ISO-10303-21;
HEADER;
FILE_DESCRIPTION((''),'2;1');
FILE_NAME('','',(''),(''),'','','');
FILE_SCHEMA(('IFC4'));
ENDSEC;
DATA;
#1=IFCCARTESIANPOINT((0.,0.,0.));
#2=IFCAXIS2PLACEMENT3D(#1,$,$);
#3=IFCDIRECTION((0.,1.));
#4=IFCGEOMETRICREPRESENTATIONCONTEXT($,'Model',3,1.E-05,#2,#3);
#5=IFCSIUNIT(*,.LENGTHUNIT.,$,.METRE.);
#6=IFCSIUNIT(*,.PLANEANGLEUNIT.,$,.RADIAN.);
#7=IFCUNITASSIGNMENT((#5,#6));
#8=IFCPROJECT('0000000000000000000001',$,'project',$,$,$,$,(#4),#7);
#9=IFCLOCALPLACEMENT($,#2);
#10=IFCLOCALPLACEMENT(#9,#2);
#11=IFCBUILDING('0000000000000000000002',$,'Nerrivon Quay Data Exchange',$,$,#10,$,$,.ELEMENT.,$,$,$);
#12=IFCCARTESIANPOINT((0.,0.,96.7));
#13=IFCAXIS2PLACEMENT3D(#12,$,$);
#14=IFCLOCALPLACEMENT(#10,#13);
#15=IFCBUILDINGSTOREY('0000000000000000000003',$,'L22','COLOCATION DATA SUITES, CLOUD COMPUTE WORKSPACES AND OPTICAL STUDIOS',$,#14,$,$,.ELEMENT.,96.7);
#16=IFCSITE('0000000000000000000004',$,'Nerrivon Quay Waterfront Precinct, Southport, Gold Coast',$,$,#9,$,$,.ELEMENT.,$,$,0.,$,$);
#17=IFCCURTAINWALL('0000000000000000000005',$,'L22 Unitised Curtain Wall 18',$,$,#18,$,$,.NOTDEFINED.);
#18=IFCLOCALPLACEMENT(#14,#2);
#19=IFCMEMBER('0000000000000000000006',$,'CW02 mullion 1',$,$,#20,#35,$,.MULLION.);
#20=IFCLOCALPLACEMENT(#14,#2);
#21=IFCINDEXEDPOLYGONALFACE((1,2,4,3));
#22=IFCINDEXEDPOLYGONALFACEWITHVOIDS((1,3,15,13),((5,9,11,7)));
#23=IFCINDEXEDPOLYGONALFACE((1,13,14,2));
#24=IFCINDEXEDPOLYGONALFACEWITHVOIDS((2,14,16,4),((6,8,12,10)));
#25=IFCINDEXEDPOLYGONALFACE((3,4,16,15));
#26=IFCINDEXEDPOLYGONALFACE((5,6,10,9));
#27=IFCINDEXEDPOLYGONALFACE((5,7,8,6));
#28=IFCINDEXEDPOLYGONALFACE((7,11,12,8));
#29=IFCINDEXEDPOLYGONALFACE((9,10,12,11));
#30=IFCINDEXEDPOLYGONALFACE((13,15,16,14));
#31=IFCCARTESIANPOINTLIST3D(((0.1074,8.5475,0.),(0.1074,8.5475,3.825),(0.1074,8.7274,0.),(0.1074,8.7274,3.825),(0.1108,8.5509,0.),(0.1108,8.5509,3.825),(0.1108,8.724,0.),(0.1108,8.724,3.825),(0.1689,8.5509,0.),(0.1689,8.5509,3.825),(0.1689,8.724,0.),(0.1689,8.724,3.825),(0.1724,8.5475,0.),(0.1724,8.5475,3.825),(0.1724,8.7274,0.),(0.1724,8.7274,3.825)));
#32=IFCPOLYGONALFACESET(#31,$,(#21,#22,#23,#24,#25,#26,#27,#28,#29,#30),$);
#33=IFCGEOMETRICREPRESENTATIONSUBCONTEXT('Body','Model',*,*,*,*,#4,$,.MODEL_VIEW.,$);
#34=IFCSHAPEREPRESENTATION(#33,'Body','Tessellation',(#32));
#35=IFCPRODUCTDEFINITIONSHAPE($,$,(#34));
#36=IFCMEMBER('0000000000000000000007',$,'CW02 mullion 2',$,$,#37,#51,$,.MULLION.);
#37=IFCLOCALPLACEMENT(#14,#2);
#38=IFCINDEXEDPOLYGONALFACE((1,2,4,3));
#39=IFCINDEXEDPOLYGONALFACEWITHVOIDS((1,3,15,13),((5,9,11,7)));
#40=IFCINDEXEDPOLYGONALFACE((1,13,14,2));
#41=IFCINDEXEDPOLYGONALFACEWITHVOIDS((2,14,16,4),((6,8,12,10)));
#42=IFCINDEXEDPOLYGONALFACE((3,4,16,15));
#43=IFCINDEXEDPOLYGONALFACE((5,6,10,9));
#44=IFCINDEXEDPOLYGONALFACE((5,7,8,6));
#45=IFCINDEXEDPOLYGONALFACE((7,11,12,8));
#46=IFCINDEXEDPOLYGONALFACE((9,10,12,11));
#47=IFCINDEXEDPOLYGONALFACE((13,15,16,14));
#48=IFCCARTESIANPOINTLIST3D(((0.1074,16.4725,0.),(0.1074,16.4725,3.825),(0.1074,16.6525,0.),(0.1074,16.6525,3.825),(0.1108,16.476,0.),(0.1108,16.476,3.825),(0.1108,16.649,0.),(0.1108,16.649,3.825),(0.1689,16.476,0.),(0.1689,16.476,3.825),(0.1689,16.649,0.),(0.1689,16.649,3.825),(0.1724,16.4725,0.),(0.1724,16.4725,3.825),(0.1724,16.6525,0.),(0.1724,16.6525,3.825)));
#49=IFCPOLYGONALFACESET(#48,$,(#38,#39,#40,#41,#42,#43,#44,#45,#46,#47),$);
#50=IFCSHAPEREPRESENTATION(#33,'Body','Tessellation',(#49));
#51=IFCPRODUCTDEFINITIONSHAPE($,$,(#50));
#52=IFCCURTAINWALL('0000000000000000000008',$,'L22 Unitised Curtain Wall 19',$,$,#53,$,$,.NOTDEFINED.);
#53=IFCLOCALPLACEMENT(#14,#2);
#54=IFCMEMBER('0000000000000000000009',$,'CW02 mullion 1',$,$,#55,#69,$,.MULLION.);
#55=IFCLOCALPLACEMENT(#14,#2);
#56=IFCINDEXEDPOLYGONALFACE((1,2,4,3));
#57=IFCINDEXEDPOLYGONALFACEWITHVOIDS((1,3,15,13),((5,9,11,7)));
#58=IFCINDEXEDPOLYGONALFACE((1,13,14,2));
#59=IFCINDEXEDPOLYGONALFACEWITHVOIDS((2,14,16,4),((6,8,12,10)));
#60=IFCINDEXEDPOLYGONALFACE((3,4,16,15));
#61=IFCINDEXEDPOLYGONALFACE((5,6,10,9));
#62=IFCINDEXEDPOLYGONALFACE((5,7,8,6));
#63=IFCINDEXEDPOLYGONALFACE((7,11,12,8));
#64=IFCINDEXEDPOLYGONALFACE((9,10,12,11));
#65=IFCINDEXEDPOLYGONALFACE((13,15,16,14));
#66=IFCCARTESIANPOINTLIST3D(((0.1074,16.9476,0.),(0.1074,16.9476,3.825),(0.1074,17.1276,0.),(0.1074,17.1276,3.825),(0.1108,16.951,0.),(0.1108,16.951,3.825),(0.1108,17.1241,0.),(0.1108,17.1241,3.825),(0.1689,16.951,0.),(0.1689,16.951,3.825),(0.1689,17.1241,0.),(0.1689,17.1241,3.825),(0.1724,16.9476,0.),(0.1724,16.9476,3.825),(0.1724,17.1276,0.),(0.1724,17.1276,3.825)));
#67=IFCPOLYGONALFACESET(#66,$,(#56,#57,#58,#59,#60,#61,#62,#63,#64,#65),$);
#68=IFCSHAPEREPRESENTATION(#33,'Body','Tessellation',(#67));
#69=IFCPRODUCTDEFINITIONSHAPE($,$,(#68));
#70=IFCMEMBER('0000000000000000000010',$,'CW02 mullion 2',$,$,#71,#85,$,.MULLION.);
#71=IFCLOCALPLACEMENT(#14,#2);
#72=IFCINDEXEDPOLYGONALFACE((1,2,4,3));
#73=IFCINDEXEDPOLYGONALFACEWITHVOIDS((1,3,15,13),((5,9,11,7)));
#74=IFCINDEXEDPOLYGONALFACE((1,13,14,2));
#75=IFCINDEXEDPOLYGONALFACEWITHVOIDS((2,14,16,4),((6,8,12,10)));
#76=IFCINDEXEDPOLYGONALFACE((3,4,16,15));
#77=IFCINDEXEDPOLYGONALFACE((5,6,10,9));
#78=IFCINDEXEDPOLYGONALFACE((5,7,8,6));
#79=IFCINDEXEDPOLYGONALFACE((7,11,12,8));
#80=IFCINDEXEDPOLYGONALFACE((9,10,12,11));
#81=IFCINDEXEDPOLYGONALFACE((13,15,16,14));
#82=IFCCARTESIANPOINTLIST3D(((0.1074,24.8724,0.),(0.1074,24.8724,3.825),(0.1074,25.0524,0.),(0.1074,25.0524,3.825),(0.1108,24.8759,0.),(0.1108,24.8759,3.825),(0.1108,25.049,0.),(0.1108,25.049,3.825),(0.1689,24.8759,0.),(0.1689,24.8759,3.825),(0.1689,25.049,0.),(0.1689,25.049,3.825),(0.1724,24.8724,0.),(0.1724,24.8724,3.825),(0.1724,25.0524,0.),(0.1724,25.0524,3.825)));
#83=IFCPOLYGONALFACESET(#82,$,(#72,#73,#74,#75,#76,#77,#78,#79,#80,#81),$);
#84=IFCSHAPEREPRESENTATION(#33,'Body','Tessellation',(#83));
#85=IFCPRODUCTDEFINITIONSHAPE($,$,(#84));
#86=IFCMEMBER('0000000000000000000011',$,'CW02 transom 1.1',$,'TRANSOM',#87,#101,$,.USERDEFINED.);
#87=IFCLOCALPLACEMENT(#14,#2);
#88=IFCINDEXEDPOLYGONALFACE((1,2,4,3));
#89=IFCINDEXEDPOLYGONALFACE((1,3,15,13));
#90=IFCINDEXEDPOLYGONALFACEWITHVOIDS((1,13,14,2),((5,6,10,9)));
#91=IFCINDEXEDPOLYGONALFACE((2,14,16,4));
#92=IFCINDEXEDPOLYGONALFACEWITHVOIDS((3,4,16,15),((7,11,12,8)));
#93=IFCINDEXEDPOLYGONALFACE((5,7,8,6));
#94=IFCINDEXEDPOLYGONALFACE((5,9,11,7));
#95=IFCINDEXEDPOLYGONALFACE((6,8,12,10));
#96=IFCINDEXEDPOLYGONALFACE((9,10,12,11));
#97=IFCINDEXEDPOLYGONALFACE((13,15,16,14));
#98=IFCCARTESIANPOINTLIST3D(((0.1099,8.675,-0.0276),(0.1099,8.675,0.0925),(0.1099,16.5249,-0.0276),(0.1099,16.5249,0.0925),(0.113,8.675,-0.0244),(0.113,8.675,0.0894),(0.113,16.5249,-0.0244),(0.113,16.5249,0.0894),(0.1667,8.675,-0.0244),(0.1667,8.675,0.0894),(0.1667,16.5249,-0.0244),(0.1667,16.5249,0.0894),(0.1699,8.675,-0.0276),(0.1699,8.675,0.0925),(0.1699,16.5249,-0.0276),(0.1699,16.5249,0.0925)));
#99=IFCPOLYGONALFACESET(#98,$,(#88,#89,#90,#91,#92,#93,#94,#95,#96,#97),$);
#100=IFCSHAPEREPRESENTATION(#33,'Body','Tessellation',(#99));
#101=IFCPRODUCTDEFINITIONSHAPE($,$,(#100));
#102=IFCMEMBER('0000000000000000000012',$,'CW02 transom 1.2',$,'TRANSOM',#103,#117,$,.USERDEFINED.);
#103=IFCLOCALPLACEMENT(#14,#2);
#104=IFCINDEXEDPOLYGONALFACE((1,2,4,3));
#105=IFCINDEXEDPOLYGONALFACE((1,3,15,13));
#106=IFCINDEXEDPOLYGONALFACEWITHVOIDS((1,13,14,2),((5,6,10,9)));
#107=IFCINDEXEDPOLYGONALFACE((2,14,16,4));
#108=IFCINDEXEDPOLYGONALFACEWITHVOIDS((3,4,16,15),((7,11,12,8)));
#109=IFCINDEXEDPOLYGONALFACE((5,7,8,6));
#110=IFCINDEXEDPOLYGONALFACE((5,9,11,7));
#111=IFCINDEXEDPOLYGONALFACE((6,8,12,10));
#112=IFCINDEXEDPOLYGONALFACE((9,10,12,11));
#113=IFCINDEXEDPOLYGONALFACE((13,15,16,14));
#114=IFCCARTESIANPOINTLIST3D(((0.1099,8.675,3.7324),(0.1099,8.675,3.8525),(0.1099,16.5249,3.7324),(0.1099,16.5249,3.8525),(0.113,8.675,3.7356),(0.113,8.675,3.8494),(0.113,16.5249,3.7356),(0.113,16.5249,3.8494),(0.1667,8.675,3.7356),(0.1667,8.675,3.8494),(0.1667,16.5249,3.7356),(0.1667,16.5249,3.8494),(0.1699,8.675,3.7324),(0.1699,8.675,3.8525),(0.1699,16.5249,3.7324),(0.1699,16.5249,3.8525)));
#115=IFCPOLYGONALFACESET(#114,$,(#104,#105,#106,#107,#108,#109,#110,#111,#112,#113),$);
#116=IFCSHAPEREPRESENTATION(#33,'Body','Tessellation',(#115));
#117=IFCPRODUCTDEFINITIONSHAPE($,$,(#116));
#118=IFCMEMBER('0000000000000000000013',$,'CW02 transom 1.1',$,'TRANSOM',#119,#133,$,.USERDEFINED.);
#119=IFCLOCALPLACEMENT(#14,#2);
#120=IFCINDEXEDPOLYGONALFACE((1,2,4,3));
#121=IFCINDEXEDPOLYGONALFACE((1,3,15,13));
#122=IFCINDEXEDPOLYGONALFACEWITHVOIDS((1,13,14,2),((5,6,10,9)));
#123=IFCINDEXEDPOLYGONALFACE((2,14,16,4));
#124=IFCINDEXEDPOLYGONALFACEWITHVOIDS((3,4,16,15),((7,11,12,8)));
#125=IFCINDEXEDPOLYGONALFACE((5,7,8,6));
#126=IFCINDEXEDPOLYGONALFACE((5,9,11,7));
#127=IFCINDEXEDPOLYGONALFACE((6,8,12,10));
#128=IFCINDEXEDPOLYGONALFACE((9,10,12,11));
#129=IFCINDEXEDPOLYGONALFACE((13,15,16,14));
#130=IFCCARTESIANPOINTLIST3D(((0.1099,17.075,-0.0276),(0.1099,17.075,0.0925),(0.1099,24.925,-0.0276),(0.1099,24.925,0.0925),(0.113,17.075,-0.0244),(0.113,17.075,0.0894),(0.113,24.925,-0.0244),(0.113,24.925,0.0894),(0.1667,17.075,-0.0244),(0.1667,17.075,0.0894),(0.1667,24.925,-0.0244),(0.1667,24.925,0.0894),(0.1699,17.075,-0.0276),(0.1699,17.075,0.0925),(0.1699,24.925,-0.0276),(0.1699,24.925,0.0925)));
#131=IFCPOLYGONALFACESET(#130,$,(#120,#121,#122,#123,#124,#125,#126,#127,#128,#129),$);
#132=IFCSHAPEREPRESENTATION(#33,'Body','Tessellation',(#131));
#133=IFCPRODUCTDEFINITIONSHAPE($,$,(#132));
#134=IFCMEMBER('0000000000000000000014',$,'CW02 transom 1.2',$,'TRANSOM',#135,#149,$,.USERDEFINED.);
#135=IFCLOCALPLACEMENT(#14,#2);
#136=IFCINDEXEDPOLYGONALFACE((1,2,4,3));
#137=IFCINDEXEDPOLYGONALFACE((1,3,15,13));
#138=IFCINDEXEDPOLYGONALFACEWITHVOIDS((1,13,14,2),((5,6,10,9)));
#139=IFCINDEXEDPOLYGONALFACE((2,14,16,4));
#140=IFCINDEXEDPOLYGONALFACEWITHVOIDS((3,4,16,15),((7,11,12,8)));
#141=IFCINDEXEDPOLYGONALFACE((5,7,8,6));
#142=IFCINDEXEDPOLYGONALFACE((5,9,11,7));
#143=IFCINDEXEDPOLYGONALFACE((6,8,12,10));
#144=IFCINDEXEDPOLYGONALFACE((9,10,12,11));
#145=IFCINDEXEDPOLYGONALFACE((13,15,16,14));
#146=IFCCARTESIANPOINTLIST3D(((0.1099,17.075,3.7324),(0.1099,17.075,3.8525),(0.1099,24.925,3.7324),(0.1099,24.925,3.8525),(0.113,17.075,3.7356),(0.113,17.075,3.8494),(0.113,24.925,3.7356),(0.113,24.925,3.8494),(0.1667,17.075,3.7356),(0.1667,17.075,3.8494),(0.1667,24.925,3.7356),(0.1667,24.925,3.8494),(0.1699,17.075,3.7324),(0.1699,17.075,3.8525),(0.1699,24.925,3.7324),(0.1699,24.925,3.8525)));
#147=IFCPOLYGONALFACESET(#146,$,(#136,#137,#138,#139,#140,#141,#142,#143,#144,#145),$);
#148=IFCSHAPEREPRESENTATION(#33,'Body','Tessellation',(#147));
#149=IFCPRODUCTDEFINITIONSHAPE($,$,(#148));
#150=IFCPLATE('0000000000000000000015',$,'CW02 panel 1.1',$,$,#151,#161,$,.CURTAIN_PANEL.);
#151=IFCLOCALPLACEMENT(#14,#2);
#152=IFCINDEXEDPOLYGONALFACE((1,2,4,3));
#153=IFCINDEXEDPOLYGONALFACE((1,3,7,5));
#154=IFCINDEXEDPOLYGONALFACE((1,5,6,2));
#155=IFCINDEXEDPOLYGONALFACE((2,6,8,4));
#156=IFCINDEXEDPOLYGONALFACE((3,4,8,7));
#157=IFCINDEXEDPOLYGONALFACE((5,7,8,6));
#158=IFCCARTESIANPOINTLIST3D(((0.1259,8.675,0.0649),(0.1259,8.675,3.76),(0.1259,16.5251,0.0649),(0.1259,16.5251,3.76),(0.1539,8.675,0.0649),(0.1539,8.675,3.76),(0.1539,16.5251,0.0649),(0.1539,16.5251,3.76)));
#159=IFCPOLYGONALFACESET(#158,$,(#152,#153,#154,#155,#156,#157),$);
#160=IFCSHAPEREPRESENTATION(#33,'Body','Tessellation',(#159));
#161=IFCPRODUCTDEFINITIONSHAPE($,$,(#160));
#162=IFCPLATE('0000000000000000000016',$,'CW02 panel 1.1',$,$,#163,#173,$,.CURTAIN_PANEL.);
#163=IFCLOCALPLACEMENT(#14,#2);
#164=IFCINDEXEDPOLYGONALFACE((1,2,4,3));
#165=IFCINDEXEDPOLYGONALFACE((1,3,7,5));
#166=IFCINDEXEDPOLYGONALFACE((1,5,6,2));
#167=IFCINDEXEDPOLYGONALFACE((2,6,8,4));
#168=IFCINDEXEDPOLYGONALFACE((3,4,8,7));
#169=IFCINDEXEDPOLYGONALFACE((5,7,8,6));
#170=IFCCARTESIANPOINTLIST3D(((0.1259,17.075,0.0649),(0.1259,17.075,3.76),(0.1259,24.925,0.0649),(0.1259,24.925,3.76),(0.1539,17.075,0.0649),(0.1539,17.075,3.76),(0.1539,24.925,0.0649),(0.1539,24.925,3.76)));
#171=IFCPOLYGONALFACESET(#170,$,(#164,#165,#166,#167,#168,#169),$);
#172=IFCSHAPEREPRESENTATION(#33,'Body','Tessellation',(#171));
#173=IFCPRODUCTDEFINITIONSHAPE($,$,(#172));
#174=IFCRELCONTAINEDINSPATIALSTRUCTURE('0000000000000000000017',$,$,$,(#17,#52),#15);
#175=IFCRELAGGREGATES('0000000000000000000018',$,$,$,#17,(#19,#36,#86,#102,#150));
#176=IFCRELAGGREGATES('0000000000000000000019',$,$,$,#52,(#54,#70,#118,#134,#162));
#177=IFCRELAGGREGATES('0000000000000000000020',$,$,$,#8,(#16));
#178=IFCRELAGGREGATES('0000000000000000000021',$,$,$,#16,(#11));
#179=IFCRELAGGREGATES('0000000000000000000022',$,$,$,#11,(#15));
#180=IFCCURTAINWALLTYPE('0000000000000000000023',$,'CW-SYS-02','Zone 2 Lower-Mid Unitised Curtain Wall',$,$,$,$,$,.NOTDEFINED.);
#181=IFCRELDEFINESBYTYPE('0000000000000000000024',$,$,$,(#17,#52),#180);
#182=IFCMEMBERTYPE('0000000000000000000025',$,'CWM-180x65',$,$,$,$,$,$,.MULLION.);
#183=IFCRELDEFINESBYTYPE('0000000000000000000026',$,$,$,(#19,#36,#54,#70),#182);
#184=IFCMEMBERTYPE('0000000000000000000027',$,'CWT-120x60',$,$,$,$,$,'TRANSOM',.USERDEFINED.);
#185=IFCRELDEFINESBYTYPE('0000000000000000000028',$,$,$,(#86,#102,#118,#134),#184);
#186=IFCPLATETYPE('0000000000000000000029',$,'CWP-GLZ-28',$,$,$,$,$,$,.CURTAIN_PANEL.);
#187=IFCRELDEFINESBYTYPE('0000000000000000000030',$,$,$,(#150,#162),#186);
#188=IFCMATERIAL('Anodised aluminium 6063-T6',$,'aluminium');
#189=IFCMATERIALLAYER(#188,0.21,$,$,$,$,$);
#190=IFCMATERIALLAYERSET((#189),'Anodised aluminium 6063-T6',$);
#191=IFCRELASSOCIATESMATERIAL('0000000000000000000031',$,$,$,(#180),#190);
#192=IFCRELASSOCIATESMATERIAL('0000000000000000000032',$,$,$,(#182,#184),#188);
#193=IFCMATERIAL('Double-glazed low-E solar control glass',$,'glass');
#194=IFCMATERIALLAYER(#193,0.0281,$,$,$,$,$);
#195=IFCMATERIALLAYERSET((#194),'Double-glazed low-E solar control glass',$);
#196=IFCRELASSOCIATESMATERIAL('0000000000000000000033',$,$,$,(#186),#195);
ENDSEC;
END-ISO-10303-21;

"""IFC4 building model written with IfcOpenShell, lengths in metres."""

from ifc_helpers import new_model, si_unit, direction, frame, origin, origin_2d, place, context, subcontext, project, spatial, rectangle, hollow_rectangle, extrude, material, layer, layer_set, material_profile, profile_set, type_object, element, aggregate, save


model = new_model("IFC4")

# Units and contexts
model_context = context("Model", 3, precision=1e-05, world=origin(), true_north=direction((0.0, 1.0)))
body_context = subcontext(model_context, "Body", "Model", "MODEL_VIEW")
ifc_project = project(units=[si_unit("LENGTHUNIT", "METRE"), si_unit("PLANEANGLEUNIT", "RADIAN")], contexts=[model_context])

# Site, building, storey
site_placement = place(None, origin())
site = spatial("IfcSite", under=ifc_project, at=site_placement, Name="Nerrivon Quay Waterfront Precinct, Southport, Gold Coast", CompositionType="ELEMENT", RefElevation=0.0)
building_placement = place(site_placement, origin())
building = spatial("IfcBuilding", under=site, at=building_placement, Name="Nerrivon Quay Data Exchange", CompositionType="ELEMENT")
storey_placement = place(building_placement, frame((0.0, 0.0, 96.7)))
storey = spatial("IfcBuildingStorey", under=building, at=storey_placement, Name="L22", Description="COLOCATION DATA SUITES, CLOUD COMPUTE WORKSPACES AND OPTICAL STUDIOS", CompositionType="ELEMENT", Elevation=96.7)

# Curtain walls, members
ifc_material_1 = material(Name="Anodised aluminium 6063-T6", Category="aluminium")
ifc_layer_1 = layer(ifc_material_1, 0.21)
ifc_layer_set_1 = layer_set([ifc_layer_1], Name="Anodised aluminium 6063-T6")
curtain_wall_type = type_object("IfcCurtainWallType", Name="CW-SYS-02", Description="Zone 2 Lower-Mid Unitised Curtain Wall", PredefinedType="NOTDEFINED", material=ifc_layer_set_1)
curtain_wall_1_placement = place(storey_placement, origin())
curtain_wall_1 = element("IfcCurtainWall", 1, at=curtain_wall_1_placement, inside=storey, type_object=curtain_wall_type, Name="L22 Unitised Curtain Wall 18", PredefinedType="NOTDEFINED")
ifc_material_profile_1 = material_profile(ifc_material_1, hollow_rectangle(XDim=0.0649, YDim=0.1799, WallThickness=0.0034, at=origin_2d()), Name="ALU-MULL-180x65")
ifc_profile_set_1 = profile_set([ifc_material_profile_1], Name="Anodised aluminium 6063-T6")
member_type_1 = type_object("IfcMemberType", Name="CWM-180x65", PredefinedType="MULLION", material=ifc_profile_set_1)
member_1_placement = place(storey_placement, frame((0.1399, 8.6375, 0.0), z_axis=(0.0, 0.0, 1.0), x_axis=(-1.0, 0.0, 0.0)))
member_1 = element("IfcMember", 2, at=member_1_placement, type_object=member_type_1, Name="CW02 mullion 1", PredefinedType="MULLION", context=body_context, shape_type="SweptSolid", body=[
    extrude(hollow_rectangle(XDim=0.0649, YDim=0.1799, WallThickness=0.0034, at=origin_2d()), origin(), (0.0, 0.0, 1.0), 3.825),
])
member_2_placement = place(storey_placement, frame((0.1399, 16.5625, 0.0), z_axis=(0.0, 0.0, 1.0), x_axis=(-1.0, 0.0, 0.0)))
member_2 = element("IfcMember", 3, at=member_2_placement, type_object=member_type_1, Name="CW02 mullion 2", PredefinedType="MULLION", context=body_context, shape_type="SweptSolid", body=[
    extrude(hollow_rectangle(XDim=0.0649, YDim=0.1799, WallThickness=0.0034, at=origin_2d()), origin(), (0.0, 0.0, 1.0), 3.825),
])
curtain_wall_2_placement = place(storey_placement, origin())
curtain_wall_2 = element("IfcCurtainWall", 4, at=curtain_wall_2_placement, inside=storey, type_object=curtain_wall_type, Name="L22 Unitised Curtain Wall 19", PredefinedType="NOTDEFINED")
member_3_placement = place(storey_placement, frame((0.1399, 17.0376, 0.0), z_axis=(0.0, 0.0, 1.0), x_axis=(-1.0, 0.0, 0.0)))
member_3 = element("IfcMember", 5, at=member_3_placement, type_object=member_type_1, Name="CW02 mullion 1", PredefinedType="MULLION", context=body_context, shape_type="SweptSolid", body=[
    extrude(hollow_rectangle(XDim=0.0649, YDim=0.1799, WallThickness=0.0034, at=origin_2d()), origin(), (0.0, 0.0, 1.0), 3.825),
])
member_4_placement = place(storey_placement, frame((0.1399, 24.9624, 0.0), z_axis=(0.0, 0.0, 1.0), x_axis=(-1.0, 0.0, 0.0)))
member_4 = element("IfcMember", 6, at=member_4_placement, type_object=member_type_1, Name="CW02 mullion 2", PredefinedType="MULLION", context=body_context, shape_type="SweptSolid", body=[
    extrude(hollow_rectangle(XDim=0.0649, YDim=0.1799, WallThickness=0.0034, at=origin_2d()), origin(), (0.0, 0.0, 1.0), 3.825),
])

# Members
ifc_material_profile_2 = material_profile(ifc_material_1, hollow_rectangle(XDim=0.0601, YDim=0.1201, WallThickness=0.0032, at=origin_2d()), Name="ALU-TRAN-120x60")
ifc_profile_set_2 = profile_set([ifc_material_profile_2], Name="Anodised aluminium 6063-T6")
member_type_2 = type_object("IfcMemberType", Name="CWT-120x60", ElementType="TRANSOM", PredefinedType="USERDEFINED", material=ifc_profile_set_2)
member_5_placement = place(storey_placement, frame((0.1399, 8.675, 0.0325), z_axis=(0.0, 1.0, 0.0), x_axis=(-1.0, 0.0, 0.0)))
member_5 = element("IfcMember", 7, at=member_5_placement, type_object=member_type_2, Name="CW02 transom 1.1", ObjectType="TRANSOM", PredefinedType="USERDEFINED", context=body_context, shape_type="SweptSolid", body=[
    extrude(hollow_rectangle(XDim=0.0601, YDim=0.1201, WallThickness=0.0032, at=origin_2d()), origin(), (0.0, 0.0, 1.0), 7.8499),
])
member_6_placement = place(storey_placement, frame((0.1399, 8.675, 3.7925), z_axis=(0.0, 1.0, 0.0), x_axis=(-1.0, 0.0, 0.0)))
member_6 = element("IfcMember", 8, at=member_6_placement, type_object=member_type_2, Name="CW02 transom 1.2", ObjectType="TRANSOM", PredefinedType="USERDEFINED", context=body_context, shape_type="SweptSolid", body=[
    extrude(hollow_rectangle(XDim=0.0601, YDim=0.1201, WallThickness=0.0032, at=origin_2d()), origin(), (0.0, 0.0, 1.0), 7.8499),
])
member_7_placement = place(storey_placement, frame((0.1399, 17.075, 0.0325), z_axis=(0.0, 1.0, 0.0), x_axis=(-1.0, 0.0, 0.0)))
member_7 = element("IfcMember", 9, at=member_7_placement, type_object=member_type_2, Name="CW02 transom 1.1", ObjectType="TRANSOM", PredefinedType="USERDEFINED", context=body_context, shape_type="SweptSolid", body=[
    extrude(hollow_rectangle(XDim=0.0601, YDim=0.1201, WallThickness=0.0032, at=origin_2d()), origin(), (0.0, 0.0, 1.0), 7.8501),
])
member_8_placement = place(storey_placement, frame((0.1399, 17.075, 3.7925), z_axis=(0.0, 1.0, 0.0), x_axis=(-1.0, 0.0, 0.0)))
member_8 = element("IfcMember", 10, at=member_8_placement, type_object=member_type_2, Name="CW02 transom 1.2", ObjectType="TRANSOM", PredefinedType="USERDEFINED", context=body_context, shape_type="SweptSolid", body=[
    extrude(hollow_rectangle(XDim=0.0601, YDim=0.1201, WallThickness=0.0032, at=origin_2d()), origin(), (0.0, 0.0, 1.0), 7.8501),
])

# Plates
ifc_material_2 = material(Name="Double-glazed low-E solar control glass", Category="glass")
ifc_layer_2 = layer(ifc_material_2, 0.0281)
ifc_layer_set_2 = layer_set([ifc_layer_2], Name="Double-glazed low-E solar control glass")
plate_type = type_object("IfcPlateType", Name="CWP-GLZ-28", PredefinedType="CURTAIN_PANEL", material=ifc_layer_set_2)
plate_1_placement = place(storey_placement, frame((0.1399, 12.6001, 0.0649), z_axis=(0.0, 0.0, 1.0), x_axis=(0.0, 1.0, 0.0)))
plate_1 = element("IfcPlate", 11, at=plate_1_placement, type_object=plate_type, Name="CW02 panel 1.1", PredefinedType="CURTAIN_PANEL", context=body_context, shape_type="SweptSolid", body=[
    extrude(rectangle(XDim=7.8501, YDim=0.0281, at=origin_2d()), origin(), (0.0, 0.0, 1.0), 3.6951),
])
aggregate(curtain_wall_1, [member_1, member_2, member_5, member_6, plate_1])
plate_2_placement = place(storey_placement, frame((0.1399, 21.0, 0.0649), z_axis=(0.0, 0.0, 1.0), x_axis=(0.0, 1.0, 0.0)))
plate_2 = element("IfcPlate", 12, at=plate_2_placement, type_object=plate_type, Name="CW02 panel 1.1", PredefinedType="CURTAIN_PANEL", context=body_context, shape_type="SweptSolid", body=[
    extrude(rectangle(XDim=7.8501, YDim=0.0281, at=origin_2d()), origin(), (0.0, 0.0, 1.0), 3.6951),
])
aggregate(curtain_wall_2, [member_3, member_4, member_7, member_8, plate_2])

save(model, "model.ifc")
